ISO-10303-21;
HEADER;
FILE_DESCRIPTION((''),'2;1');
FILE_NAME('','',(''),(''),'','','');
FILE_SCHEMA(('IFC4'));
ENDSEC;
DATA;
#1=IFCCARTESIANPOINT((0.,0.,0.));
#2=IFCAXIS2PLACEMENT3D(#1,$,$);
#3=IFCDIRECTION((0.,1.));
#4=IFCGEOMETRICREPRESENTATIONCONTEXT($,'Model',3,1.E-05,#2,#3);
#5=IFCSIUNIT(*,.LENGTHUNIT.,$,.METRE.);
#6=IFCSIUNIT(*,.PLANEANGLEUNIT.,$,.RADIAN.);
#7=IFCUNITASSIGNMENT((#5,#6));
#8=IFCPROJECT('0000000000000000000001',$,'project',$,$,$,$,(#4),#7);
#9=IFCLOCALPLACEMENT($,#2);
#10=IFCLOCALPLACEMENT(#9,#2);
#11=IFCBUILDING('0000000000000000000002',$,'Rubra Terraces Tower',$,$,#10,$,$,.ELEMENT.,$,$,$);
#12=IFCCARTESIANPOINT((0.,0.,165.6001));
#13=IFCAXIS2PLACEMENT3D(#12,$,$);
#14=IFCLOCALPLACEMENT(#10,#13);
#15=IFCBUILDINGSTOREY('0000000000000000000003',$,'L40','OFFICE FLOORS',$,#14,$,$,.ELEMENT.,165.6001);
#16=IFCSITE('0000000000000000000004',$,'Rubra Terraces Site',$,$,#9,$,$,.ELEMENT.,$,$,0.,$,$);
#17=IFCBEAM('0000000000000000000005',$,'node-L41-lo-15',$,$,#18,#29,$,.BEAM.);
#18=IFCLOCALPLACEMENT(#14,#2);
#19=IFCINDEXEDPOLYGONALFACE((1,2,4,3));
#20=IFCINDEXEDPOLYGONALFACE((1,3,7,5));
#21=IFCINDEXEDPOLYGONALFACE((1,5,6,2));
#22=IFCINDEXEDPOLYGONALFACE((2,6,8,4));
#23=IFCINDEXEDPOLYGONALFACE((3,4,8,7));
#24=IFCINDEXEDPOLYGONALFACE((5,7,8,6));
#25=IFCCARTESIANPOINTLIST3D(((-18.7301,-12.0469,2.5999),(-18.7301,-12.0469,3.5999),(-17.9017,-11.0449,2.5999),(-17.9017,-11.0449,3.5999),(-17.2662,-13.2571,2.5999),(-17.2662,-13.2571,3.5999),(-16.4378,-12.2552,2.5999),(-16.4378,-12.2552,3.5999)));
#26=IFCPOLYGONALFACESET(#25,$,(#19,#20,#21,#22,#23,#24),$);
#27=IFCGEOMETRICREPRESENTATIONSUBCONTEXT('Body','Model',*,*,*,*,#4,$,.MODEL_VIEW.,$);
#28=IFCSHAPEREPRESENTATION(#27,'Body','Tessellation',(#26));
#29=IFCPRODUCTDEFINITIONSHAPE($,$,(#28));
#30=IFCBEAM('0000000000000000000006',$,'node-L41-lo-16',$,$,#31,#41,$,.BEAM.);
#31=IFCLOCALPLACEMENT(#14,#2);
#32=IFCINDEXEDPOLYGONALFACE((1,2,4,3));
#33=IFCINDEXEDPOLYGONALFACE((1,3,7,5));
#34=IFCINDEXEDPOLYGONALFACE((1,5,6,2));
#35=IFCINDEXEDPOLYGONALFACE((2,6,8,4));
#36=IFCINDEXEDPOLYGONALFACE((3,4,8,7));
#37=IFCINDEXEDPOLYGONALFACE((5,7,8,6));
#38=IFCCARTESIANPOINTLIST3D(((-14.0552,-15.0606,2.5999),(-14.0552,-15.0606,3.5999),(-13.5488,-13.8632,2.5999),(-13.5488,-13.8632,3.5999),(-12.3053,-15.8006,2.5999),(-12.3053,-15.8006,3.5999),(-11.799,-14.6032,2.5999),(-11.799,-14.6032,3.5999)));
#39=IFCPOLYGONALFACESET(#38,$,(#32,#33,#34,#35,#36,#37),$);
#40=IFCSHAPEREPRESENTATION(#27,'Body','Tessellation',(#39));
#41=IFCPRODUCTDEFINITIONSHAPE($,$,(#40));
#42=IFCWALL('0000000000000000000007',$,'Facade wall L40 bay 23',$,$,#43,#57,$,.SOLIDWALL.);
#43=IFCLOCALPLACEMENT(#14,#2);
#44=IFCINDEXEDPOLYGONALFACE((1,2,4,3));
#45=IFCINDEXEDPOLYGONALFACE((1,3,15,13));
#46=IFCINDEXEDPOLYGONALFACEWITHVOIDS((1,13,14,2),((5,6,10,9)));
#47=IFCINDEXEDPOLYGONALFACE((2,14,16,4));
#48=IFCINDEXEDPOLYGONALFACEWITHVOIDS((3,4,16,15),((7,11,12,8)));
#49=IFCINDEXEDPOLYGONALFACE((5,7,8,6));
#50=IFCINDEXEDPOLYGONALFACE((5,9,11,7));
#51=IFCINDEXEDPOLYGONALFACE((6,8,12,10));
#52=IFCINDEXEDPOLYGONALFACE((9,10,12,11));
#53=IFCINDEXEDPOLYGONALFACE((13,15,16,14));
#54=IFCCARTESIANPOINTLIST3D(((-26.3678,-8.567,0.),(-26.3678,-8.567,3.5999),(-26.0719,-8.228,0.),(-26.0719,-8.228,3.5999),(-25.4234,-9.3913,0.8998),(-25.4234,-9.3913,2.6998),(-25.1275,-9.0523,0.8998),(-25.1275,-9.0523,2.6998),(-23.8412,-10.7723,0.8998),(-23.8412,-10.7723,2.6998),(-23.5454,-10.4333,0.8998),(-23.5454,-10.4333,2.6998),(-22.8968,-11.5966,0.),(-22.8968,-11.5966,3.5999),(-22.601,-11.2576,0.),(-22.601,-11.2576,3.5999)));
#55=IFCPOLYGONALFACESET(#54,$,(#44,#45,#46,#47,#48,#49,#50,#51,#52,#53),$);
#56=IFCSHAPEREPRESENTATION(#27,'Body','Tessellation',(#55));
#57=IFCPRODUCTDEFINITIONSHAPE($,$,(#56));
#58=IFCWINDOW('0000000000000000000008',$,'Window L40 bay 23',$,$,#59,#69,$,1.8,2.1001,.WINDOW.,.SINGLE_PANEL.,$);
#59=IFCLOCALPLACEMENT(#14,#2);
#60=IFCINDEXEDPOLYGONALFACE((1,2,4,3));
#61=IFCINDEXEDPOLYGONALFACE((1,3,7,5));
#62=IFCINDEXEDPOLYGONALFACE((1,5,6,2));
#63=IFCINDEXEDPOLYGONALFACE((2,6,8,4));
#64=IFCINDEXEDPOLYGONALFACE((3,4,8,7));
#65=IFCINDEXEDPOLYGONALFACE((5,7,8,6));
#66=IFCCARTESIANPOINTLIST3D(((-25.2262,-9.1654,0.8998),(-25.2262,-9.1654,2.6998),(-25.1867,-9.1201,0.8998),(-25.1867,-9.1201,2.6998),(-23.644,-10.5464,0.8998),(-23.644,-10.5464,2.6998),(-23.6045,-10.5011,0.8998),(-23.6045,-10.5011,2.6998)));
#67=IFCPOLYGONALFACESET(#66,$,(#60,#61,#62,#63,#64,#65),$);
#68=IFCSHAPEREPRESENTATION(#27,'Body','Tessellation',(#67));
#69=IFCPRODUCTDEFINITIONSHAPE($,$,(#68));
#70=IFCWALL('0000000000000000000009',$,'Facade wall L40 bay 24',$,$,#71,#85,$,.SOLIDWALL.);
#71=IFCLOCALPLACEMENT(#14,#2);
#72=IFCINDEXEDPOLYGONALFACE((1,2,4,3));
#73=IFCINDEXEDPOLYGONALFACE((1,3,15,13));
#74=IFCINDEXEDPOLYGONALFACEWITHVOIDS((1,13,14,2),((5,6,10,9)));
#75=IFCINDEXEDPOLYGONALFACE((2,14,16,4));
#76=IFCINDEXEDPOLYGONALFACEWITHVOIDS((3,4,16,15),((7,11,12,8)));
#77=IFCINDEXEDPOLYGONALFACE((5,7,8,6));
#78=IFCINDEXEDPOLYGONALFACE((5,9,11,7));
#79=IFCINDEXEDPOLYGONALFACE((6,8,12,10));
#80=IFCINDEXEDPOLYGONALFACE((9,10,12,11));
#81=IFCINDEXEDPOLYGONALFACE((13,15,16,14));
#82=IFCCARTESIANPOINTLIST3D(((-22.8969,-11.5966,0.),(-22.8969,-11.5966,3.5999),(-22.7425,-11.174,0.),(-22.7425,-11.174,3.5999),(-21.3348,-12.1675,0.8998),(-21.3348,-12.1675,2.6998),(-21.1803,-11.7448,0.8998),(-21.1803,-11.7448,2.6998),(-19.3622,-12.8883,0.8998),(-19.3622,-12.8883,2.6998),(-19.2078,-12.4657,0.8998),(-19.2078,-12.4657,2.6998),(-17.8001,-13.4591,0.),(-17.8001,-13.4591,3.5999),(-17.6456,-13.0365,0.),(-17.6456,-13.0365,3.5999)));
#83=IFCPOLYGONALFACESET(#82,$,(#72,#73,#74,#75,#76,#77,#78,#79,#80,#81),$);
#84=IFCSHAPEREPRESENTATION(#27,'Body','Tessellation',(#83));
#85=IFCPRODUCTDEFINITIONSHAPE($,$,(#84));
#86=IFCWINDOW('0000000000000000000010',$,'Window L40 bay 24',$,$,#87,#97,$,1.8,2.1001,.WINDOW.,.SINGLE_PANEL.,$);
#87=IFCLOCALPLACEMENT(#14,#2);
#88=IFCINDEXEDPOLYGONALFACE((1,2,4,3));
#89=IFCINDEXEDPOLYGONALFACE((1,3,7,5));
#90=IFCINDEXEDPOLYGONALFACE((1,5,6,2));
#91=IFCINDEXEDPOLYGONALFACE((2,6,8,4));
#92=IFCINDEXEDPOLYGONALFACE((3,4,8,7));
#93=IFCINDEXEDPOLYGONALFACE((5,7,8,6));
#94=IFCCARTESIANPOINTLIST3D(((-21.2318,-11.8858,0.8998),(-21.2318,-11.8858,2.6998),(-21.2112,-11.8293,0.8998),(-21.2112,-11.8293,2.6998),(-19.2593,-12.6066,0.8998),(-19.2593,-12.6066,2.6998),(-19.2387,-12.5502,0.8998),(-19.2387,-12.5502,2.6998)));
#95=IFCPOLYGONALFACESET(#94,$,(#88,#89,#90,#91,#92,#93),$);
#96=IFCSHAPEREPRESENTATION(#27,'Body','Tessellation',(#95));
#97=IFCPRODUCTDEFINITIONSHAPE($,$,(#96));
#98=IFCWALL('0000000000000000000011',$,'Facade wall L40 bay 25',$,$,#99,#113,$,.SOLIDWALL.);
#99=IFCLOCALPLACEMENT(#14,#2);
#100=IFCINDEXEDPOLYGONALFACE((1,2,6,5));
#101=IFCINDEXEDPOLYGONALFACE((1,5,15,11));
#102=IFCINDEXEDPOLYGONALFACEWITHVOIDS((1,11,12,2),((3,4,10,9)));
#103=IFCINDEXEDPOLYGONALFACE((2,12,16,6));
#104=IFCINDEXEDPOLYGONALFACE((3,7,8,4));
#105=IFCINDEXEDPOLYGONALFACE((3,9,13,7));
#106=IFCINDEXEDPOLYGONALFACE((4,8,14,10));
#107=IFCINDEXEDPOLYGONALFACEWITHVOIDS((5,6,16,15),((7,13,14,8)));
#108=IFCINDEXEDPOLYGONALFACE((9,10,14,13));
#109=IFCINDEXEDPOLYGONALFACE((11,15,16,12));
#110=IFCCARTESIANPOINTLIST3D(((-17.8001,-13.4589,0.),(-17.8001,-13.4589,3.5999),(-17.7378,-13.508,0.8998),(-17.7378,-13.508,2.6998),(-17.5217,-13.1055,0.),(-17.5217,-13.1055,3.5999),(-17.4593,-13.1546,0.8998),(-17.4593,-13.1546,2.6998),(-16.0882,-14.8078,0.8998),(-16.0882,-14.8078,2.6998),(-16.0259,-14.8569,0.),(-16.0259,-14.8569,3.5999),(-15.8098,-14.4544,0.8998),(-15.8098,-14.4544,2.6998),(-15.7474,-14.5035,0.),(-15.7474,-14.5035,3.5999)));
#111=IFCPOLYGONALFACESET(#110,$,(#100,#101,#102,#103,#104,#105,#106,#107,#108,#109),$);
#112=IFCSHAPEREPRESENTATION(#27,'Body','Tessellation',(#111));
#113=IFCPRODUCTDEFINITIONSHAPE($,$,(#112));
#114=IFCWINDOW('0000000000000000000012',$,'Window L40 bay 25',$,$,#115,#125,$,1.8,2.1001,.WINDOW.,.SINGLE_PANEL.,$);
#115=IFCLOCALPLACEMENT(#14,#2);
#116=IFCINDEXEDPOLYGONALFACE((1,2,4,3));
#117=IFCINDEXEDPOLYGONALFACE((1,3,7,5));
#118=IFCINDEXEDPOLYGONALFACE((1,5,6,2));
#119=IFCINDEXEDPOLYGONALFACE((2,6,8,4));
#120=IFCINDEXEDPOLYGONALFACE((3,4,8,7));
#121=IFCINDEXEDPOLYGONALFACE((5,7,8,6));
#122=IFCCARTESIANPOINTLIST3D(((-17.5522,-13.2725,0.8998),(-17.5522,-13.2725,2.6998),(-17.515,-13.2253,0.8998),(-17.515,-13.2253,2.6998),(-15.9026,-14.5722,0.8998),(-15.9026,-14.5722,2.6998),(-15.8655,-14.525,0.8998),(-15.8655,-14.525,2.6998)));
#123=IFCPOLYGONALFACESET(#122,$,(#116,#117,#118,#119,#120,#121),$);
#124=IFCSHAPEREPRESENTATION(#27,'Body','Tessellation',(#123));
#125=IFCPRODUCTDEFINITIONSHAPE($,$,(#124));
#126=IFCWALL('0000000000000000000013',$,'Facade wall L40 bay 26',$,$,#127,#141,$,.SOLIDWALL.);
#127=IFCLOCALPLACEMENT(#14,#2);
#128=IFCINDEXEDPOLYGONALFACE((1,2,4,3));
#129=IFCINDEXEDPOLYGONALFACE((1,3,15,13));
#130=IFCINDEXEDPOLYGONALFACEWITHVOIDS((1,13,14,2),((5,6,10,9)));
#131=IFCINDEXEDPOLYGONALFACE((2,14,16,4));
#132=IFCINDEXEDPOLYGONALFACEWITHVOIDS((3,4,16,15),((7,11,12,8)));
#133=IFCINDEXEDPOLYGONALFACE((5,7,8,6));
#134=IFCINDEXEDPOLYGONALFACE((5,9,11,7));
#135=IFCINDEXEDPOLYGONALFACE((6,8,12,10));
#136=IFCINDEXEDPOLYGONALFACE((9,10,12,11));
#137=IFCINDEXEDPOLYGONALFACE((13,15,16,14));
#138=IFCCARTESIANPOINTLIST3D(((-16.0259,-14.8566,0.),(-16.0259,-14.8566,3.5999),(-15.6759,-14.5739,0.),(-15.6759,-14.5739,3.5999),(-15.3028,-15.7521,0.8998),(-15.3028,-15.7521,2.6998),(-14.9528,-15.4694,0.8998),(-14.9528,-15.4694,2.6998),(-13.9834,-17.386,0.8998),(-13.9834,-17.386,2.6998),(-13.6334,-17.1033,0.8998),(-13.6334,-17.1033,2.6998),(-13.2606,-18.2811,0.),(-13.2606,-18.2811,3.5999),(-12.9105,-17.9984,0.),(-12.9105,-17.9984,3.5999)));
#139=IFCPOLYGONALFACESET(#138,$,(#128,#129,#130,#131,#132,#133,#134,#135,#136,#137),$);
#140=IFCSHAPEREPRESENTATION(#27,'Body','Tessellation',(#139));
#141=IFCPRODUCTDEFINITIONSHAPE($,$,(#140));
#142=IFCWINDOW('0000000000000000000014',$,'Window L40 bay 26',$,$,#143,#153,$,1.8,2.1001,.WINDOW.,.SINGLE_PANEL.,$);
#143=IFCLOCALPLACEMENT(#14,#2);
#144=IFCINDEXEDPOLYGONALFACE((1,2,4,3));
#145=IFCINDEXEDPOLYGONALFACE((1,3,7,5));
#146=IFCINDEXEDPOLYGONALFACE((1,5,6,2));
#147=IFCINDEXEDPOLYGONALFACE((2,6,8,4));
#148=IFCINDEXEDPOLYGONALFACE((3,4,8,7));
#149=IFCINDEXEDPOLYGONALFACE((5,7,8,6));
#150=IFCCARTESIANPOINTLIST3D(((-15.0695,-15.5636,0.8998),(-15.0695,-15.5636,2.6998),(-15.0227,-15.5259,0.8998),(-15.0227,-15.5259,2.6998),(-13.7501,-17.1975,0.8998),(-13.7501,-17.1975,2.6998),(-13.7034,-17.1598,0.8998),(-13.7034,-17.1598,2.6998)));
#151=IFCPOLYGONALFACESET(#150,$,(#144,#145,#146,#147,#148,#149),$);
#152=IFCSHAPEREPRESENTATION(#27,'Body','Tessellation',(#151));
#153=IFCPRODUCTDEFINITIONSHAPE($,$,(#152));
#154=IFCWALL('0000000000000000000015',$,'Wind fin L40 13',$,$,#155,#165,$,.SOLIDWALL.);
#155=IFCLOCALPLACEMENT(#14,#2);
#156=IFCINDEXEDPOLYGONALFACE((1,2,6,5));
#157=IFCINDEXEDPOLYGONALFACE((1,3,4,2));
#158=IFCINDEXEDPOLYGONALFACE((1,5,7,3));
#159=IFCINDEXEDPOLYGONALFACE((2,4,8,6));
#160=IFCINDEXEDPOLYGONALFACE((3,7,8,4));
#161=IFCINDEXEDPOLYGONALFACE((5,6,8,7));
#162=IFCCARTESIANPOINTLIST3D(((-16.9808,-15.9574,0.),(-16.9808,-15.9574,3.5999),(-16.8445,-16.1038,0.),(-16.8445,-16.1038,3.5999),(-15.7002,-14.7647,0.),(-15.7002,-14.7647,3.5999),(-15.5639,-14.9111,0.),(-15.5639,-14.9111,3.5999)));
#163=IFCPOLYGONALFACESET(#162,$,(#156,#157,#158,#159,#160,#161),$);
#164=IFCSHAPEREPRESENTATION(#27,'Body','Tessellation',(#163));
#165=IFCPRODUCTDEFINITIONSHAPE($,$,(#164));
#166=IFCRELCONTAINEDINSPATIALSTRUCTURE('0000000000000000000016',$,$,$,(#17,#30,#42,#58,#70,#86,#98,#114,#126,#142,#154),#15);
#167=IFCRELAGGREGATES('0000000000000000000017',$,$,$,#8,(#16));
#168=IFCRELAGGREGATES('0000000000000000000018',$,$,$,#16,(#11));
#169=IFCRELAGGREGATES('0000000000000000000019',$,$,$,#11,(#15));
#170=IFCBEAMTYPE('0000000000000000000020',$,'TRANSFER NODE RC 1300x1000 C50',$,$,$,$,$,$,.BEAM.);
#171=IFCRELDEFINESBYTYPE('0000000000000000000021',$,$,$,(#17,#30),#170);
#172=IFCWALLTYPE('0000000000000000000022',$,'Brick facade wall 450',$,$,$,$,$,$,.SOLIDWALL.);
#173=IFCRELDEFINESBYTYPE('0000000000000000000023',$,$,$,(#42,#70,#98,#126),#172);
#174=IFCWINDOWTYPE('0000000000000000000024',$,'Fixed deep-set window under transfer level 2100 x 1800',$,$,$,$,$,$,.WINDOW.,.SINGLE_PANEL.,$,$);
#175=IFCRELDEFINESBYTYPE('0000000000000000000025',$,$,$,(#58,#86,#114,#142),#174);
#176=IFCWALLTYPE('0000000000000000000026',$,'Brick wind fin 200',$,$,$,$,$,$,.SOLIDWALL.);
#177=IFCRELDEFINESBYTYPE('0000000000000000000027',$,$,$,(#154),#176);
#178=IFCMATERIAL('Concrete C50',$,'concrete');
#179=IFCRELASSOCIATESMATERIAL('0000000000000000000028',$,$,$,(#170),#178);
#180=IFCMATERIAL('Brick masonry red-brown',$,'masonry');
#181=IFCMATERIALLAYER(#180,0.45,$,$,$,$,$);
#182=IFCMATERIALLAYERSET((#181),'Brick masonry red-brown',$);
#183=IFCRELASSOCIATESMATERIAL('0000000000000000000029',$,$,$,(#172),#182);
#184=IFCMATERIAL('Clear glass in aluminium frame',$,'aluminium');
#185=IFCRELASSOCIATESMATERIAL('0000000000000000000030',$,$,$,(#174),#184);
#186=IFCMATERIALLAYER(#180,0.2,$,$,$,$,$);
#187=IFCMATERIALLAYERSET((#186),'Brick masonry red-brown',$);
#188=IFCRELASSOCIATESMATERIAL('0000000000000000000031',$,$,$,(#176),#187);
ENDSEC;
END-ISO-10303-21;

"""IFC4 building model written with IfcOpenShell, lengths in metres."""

from ifc_helpers import new_model, si_unit, direction, frame, frame_2d, origin, origin_2d, place, context, subcontext, project, spatial, rectangle, extrude, material, layer, layer_set, material_profile, profile_set, type_object, element, fill, save


model = new_model("IFC4")

# Units and contexts
model_context = context("Model", 3, precision=1e-05, world=origin(), true_north=direction((0.0, 1.0)))
body_context = subcontext(model_context, "Body", "Model", "MODEL_VIEW")
ifc_project = project(units=[si_unit("LENGTHUNIT", "METRE"), si_unit("PLANEANGLEUNIT", "RADIAN")], contexts=[model_context])

# Site, building, storey
site_placement = place(None, origin())
site = spatial("IfcSite", under=ifc_project, at=site_placement, Name="Rubra Terraces Site", CompositionType="ELEMENT", RefElevation=0.0)
building_placement = place(site_placement, origin())
building = spatial("IfcBuilding", under=site, at=building_placement, Name="Rubra Terraces Tower", CompositionType="ELEMENT")
storey_placement = place(building_placement, frame((0.0, 0.0, 165.6001)))
storey = spatial("IfcBuildingStorey", under=building, at=storey_placement, Name="L40", Description="OFFICE FLOORS", CompositionType="ELEMENT", Elevation=165.6001)

# Shared definitions
ifc_material_1 = material(Name="Concrete C50", Category="concrete")

# Beams
ifc_material_profile_1 = material_profile(ifc_material_1, rectangle(XDim=1.3, YDim=1.0, at=origin_2d()), Name="RC 1300x1000")
ifc_profile_set_1 = profile_set([ifc_material_profile_1], Name="Concrete C50")
beam_type_1 = type_object("IfcBeamType", Name="TRANSFER NODE RC 1300x1000 C50", PredefinedType="BEAM", material=ifc_profile_set_1)
beam_1_placement = place(storey_placement, frame((-18.3159, -11.5459, 3.0999), z_axis=(0.770723, -0.63717, 0.0), x_axis=(0.63717, 0.770723, 0.0)))
element("IfcBeam", 1, at=beam_1_placement, inside=storey, type_object=beam_type_1, Name="node-L41-lo-15", PredefinedType="BEAM", context=body_context, shape_type="SweptSolid", body=[
    extrude(rectangle(XDim=1.3, YDim=1.0, at=origin_2d()), origin(), (0.0, 0.0, 1.0), 1.8994),
])
beam_2_placement = place(storey_placement, frame((-13.802, -14.4619, 3.0999), z_axis=(0.921042, -0.389464, 0.0), x_axis=(0.389464, 0.921042, 0.0)))
element("IfcBeam", 2, at=beam_2_placement, inside=storey, type_object=beam_type_1, Name="node-L41-lo-16", PredefinedType="BEAM", context=body_context, shape_type="SweptSolid", body=[
    extrude(rectangle(XDim=1.3, YDim=1.0, at=origin_2d()), origin(), (0.0, 0.0, 1.0), 1.8999),
])

# Walls, openings, windows
ifc_material_2 = material(Name="Brick masonry red-brown", Category="masonry")
ifc_layer_1 = layer(ifc_material_2, 0.45)
ifc_layer_set_1 = layer_set([ifc_layer_1], Name="Brick masonry red-brown")
wall_type_1 = type_object("IfcWallType", Name="Brick facade wall 450", PredefinedType="SOLIDWALL", material=ifc_layer_set_1)
wall_1_placement = place(storey_placement, frame((-26.22, -8.3975, 0.0), z_axis=(0.0, 0.0, 1.0), x_axis=(0.753387, -0.657577, 0.0)))
wall_1 = element("IfcWall", 3, at=wall_1_placement, inside=storey, type_object=wall_type_1, Name="Facade wall L40 bay 23", PredefinedType="SOLIDWALL", context=body_context, shape_type="SweptSolid", body=[
    extrude(rectangle(XDim=4.6072, YDim=0.45, at=frame_2d((2.3037, 0.0))), origin(), (0.0, 0.0, 1.0), 3.5999),
])
opening_1_placement = place(wall_1_placement, frame((1.2537, 0.0, 0.8999)))
opening_1 = element("IfcOpeningElement", 4, at=opening_1_placement, cuts=wall_1, PredefinedType="OPENING", context=body_context, shape_type="SweptSolid", body=[
    extrude(rectangle(XDim=2.1001, YDim=1.8, at=frame_2d((1.05, 0.8999))), frame((0.0, 0.2349, 0.0), z_axis=(0.0, -1.0, 0.0), x_axis=(1.0, 0.0, 0.0)), (0.0, 0.0, 1.0), 0.47),
])
ifc_material_3 = material(Name="Clear glass in aluminium frame", Category="aluminium")
window_type = type_object("IfcWindowType", Name="Fixed deep-set window under transfer level 2100 x 1800", PartitioningType="SINGLE_PANEL", PredefinedType="WINDOW", material=ifc_material_3)
window_1_placement = place(opening_1_placement, origin())
window_1 = element("IfcWindow", 5, at=window_1_placement, inside=storey, type_object=window_type, Name="Window L40 bay 23", OverallHeight=1.8, OverallWidth=2.1001, PartitioningType="SINGLE_PANEL", PredefinedType="WINDOW", context=body_context, shape_type="SweptSolid", body=[
    extrude(rectangle(XDim=2.1001, YDim=1.8, at=frame_2d((1.05, 0.8999))), frame((0.0, 0.135, 0.0), z_axis=(0.0, -1.0, 0.0), x_axis=(1.0, 0.0, 0.0)), (0.0, 0.0, 1.0), 0.0601),
])
fill(opening_1, window_1)
wall_2_placement = place(storey_placement, frame((-22.8198, -11.3853, 0.0), z_axis=(0.0, 0.0, 1.0), x_axis=(0.939252, -0.343227, 0.0)))
wall_2 = element("IfcWall", 6, at=wall_2_placement, inside=storey, type_object=wall_type_1, Name="Facade wall L40 bay 24", PredefinedType="SOLIDWALL", context=body_context, shape_type="SweptSolid", body=[
    extrude(rectangle(XDim=5.4265, YDim=0.45, at=frame_2d((2.7134, 0.0))), origin(), (0.0, 0.0, 1.0), 3.5999),
])
opening_2_placement = place(wall_2_placement, frame((1.6633, 0.0, 0.8999)))
opening_2 = element("IfcOpeningElement", 7, at=opening_2_placement, cuts=wall_2, PredefinedType="OPENING", context=body_context, shape_type="SweptSolid", body=[
    extrude(rectangle(XDim=2.1001, YDim=1.8, at=frame_2d((1.05, 0.8999))), frame((0.0, 0.2349, 0.0), z_axis=(0.0, -1.0, 0.0), x_axis=(1.0, 0.0, 0.0)), (0.0, 0.0, 1.0), 0.47),
])
window_2_placement = place(opening_2_placement, origin())
window_2 = element("IfcWindow", 8, at=window_2_placement, inside=storey, type_object=window_type, Name="Window L40 bay 24", OverallHeight=1.8, OverallWidth=2.1001, PartitioningType="SINGLE_PANEL", PredefinedType="WINDOW", context=body_context, shape_type="SweptSolid", body=[
    extrude(rectangle(XDim=2.1001, YDim=1.8, at=frame_2d((1.05, 0.8999))), frame((0.0, 0.135, 0.0), z_axis=(0.0, -1.0, 0.0), x_axis=(1.0, 0.0, 0.0)), (0.0, 0.0, 1.0), 0.0601),
])
fill(opening_2, window_2)
wall_3_placement = place(storey_placement, frame((-17.6609, -13.2822, 0.0), z_axis=(0.0, 0.0, 1.0), x_axis=(0.785466, -0.618905, 0.0)))
wall_3 = element("IfcWall", 9, at=wall_3_placement, inside=storey, type_object=wall_type_1, Name="Facade wall L40 bay 25", PredefinedType="SOLIDWALL", context=body_context, shape_type="SweptSolid", body=[
    extrude(rectangle(XDim=2.2588, YDim=0.45, at=frame_2d((1.1294, 0.0))), origin(), (0.0, 0.0, 1.0), 3.5999),
])
opening_3_placement = place(wall_3_placement, frame((0.0793, 0.0, 0.8999)))
opening_3 = element("IfcOpeningElement", 10, at=opening_3_placement, cuts=wall_3, PredefinedType="OPENING", context=body_context, shape_type="SweptSolid", body=[
    extrude(rectangle(XDim=2.1001, YDim=1.8, at=frame_2d((1.05, 0.8999))), frame((0.0, 0.2349, 0.0), z_axis=(0.0, -1.0, 0.0), x_axis=(1.0, 0.0, 0.0)), (0.0, 0.0, 1.0), 0.47),
])
window_3_placement = place(opening_3_placement, origin())
window_3 = element("IfcWindow", 11, at=window_3_placement, inside=storey, type_object=window_type, Name="Window L40 bay 25", OverallHeight=1.8, OverallWidth=2.1001, PartitioningType="SINGLE_PANEL", PredefinedType="WINDOW", context=body_context, shape_type="SweptSolid", body=[
    extrude(rectangle(XDim=2.1001, YDim=1.8, at=frame_2d((1.05, 0.8999))), frame((0.0, 0.135, 0.0), z_axis=(0.0, -1.0, 0.0), x_axis=(1.0, 0.0, 0.0)), (0.0, 0.0, 1.0), 0.0601),
])
fill(opening_3, window_3)
wall_4_placement = place(storey_placement, frame((-15.8508, -14.7153, 0.0), z_axis=(0.0, 0.0, 1.0), x_axis=(0.628253, -0.778009, 0.0)))
wall_4 = element("IfcWall", 12, at=wall_4_placement, inside=storey, type_object=wall_type_1, Name="Facade wall L40 bay 26", PredefinedType="SOLIDWALL", context=body_context, shape_type="SweptSolid", body=[
    extrude(rectangle(XDim=4.4016, YDim=0.45, at=frame_2d((2.2007, 0.0))), origin(), (0.0, 0.0, 1.0), 3.5999),
])
opening_4_placement = place(wall_4_placement, frame((1.1509, 0.0, 0.8999)))
opening_4 = element("IfcOpeningElement", 13, at=opening_4_placement, cuts=wall_4, PredefinedType="OPENING", context=body_context, shape_type="SweptSolid", body=[
    extrude(rectangle(XDim=2.1001, YDim=1.8, at=frame_2d((1.05, 0.8999))), frame((0.0, 0.2349, 0.0), z_axis=(0.0, -1.0, 0.0), x_axis=(1.0, 0.0, 0.0)), (0.0, 0.0, 1.0), 0.47),
])
window_4_placement = place(opening_4_placement, origin())
window_4 = element("IfcWindow", 14, at=window_4_placement, inside=storey, type_object=window_type, Name="Window L40 bay 26", OverallHeight=1.8, OverallWidth=2.1001, PartitioningType="SINGLE_PANEL", PredefinedType="WINDOW", context=body_context, shape_type="SweptSolid", body=[
    extrude(rectangle(XDim=2.1001, YDim=1.8, at=frame_2d((1.05, 0.8999))), frame((0.0, 0.135, 0.0), z_axis=(0.0, -1.0, 0.0), x_axis=(1.0, 0.0, 0.0)), (0.0, 0.0, 1.0), 0.0601),
])
fill(opening_4, window_4)

# Wall
ifc_layer_2 = layer(ifc_material_2, 0.2)
ifc_layer_set_2 = layer_set([ifc_layer_2], Name="Brick masonry red-brown")
wall_type_2 = type_object("IfcWallType", Name="Brick wind fin 200", PredefinedType="SOLIDWALL", material=ifc_layer_set_2)
wall_5_placement = place(storey_placement, frame((-15.6321, -14.8379, 0.0), z_axis=(0.0, 0.0, 1.0), x_axis=(-0.731774, -0.681547, 0.0)))
element("IfcWall", 15, at=wall_5_placement, inside=storey, type_object=wall_type_2, Name="Wind fin L40 13", PredefinedType="SOLIDWALL", context=body_context, shape_type="SweptSolid", body=[
    extrude(rectangle(XDim=1.75, YDim=0.2, at=frame_2d((0.875, 0.0))), origin(), (0.0, 0.0, 1.0), 3.5999),
])

save(model, "model.ifc")
